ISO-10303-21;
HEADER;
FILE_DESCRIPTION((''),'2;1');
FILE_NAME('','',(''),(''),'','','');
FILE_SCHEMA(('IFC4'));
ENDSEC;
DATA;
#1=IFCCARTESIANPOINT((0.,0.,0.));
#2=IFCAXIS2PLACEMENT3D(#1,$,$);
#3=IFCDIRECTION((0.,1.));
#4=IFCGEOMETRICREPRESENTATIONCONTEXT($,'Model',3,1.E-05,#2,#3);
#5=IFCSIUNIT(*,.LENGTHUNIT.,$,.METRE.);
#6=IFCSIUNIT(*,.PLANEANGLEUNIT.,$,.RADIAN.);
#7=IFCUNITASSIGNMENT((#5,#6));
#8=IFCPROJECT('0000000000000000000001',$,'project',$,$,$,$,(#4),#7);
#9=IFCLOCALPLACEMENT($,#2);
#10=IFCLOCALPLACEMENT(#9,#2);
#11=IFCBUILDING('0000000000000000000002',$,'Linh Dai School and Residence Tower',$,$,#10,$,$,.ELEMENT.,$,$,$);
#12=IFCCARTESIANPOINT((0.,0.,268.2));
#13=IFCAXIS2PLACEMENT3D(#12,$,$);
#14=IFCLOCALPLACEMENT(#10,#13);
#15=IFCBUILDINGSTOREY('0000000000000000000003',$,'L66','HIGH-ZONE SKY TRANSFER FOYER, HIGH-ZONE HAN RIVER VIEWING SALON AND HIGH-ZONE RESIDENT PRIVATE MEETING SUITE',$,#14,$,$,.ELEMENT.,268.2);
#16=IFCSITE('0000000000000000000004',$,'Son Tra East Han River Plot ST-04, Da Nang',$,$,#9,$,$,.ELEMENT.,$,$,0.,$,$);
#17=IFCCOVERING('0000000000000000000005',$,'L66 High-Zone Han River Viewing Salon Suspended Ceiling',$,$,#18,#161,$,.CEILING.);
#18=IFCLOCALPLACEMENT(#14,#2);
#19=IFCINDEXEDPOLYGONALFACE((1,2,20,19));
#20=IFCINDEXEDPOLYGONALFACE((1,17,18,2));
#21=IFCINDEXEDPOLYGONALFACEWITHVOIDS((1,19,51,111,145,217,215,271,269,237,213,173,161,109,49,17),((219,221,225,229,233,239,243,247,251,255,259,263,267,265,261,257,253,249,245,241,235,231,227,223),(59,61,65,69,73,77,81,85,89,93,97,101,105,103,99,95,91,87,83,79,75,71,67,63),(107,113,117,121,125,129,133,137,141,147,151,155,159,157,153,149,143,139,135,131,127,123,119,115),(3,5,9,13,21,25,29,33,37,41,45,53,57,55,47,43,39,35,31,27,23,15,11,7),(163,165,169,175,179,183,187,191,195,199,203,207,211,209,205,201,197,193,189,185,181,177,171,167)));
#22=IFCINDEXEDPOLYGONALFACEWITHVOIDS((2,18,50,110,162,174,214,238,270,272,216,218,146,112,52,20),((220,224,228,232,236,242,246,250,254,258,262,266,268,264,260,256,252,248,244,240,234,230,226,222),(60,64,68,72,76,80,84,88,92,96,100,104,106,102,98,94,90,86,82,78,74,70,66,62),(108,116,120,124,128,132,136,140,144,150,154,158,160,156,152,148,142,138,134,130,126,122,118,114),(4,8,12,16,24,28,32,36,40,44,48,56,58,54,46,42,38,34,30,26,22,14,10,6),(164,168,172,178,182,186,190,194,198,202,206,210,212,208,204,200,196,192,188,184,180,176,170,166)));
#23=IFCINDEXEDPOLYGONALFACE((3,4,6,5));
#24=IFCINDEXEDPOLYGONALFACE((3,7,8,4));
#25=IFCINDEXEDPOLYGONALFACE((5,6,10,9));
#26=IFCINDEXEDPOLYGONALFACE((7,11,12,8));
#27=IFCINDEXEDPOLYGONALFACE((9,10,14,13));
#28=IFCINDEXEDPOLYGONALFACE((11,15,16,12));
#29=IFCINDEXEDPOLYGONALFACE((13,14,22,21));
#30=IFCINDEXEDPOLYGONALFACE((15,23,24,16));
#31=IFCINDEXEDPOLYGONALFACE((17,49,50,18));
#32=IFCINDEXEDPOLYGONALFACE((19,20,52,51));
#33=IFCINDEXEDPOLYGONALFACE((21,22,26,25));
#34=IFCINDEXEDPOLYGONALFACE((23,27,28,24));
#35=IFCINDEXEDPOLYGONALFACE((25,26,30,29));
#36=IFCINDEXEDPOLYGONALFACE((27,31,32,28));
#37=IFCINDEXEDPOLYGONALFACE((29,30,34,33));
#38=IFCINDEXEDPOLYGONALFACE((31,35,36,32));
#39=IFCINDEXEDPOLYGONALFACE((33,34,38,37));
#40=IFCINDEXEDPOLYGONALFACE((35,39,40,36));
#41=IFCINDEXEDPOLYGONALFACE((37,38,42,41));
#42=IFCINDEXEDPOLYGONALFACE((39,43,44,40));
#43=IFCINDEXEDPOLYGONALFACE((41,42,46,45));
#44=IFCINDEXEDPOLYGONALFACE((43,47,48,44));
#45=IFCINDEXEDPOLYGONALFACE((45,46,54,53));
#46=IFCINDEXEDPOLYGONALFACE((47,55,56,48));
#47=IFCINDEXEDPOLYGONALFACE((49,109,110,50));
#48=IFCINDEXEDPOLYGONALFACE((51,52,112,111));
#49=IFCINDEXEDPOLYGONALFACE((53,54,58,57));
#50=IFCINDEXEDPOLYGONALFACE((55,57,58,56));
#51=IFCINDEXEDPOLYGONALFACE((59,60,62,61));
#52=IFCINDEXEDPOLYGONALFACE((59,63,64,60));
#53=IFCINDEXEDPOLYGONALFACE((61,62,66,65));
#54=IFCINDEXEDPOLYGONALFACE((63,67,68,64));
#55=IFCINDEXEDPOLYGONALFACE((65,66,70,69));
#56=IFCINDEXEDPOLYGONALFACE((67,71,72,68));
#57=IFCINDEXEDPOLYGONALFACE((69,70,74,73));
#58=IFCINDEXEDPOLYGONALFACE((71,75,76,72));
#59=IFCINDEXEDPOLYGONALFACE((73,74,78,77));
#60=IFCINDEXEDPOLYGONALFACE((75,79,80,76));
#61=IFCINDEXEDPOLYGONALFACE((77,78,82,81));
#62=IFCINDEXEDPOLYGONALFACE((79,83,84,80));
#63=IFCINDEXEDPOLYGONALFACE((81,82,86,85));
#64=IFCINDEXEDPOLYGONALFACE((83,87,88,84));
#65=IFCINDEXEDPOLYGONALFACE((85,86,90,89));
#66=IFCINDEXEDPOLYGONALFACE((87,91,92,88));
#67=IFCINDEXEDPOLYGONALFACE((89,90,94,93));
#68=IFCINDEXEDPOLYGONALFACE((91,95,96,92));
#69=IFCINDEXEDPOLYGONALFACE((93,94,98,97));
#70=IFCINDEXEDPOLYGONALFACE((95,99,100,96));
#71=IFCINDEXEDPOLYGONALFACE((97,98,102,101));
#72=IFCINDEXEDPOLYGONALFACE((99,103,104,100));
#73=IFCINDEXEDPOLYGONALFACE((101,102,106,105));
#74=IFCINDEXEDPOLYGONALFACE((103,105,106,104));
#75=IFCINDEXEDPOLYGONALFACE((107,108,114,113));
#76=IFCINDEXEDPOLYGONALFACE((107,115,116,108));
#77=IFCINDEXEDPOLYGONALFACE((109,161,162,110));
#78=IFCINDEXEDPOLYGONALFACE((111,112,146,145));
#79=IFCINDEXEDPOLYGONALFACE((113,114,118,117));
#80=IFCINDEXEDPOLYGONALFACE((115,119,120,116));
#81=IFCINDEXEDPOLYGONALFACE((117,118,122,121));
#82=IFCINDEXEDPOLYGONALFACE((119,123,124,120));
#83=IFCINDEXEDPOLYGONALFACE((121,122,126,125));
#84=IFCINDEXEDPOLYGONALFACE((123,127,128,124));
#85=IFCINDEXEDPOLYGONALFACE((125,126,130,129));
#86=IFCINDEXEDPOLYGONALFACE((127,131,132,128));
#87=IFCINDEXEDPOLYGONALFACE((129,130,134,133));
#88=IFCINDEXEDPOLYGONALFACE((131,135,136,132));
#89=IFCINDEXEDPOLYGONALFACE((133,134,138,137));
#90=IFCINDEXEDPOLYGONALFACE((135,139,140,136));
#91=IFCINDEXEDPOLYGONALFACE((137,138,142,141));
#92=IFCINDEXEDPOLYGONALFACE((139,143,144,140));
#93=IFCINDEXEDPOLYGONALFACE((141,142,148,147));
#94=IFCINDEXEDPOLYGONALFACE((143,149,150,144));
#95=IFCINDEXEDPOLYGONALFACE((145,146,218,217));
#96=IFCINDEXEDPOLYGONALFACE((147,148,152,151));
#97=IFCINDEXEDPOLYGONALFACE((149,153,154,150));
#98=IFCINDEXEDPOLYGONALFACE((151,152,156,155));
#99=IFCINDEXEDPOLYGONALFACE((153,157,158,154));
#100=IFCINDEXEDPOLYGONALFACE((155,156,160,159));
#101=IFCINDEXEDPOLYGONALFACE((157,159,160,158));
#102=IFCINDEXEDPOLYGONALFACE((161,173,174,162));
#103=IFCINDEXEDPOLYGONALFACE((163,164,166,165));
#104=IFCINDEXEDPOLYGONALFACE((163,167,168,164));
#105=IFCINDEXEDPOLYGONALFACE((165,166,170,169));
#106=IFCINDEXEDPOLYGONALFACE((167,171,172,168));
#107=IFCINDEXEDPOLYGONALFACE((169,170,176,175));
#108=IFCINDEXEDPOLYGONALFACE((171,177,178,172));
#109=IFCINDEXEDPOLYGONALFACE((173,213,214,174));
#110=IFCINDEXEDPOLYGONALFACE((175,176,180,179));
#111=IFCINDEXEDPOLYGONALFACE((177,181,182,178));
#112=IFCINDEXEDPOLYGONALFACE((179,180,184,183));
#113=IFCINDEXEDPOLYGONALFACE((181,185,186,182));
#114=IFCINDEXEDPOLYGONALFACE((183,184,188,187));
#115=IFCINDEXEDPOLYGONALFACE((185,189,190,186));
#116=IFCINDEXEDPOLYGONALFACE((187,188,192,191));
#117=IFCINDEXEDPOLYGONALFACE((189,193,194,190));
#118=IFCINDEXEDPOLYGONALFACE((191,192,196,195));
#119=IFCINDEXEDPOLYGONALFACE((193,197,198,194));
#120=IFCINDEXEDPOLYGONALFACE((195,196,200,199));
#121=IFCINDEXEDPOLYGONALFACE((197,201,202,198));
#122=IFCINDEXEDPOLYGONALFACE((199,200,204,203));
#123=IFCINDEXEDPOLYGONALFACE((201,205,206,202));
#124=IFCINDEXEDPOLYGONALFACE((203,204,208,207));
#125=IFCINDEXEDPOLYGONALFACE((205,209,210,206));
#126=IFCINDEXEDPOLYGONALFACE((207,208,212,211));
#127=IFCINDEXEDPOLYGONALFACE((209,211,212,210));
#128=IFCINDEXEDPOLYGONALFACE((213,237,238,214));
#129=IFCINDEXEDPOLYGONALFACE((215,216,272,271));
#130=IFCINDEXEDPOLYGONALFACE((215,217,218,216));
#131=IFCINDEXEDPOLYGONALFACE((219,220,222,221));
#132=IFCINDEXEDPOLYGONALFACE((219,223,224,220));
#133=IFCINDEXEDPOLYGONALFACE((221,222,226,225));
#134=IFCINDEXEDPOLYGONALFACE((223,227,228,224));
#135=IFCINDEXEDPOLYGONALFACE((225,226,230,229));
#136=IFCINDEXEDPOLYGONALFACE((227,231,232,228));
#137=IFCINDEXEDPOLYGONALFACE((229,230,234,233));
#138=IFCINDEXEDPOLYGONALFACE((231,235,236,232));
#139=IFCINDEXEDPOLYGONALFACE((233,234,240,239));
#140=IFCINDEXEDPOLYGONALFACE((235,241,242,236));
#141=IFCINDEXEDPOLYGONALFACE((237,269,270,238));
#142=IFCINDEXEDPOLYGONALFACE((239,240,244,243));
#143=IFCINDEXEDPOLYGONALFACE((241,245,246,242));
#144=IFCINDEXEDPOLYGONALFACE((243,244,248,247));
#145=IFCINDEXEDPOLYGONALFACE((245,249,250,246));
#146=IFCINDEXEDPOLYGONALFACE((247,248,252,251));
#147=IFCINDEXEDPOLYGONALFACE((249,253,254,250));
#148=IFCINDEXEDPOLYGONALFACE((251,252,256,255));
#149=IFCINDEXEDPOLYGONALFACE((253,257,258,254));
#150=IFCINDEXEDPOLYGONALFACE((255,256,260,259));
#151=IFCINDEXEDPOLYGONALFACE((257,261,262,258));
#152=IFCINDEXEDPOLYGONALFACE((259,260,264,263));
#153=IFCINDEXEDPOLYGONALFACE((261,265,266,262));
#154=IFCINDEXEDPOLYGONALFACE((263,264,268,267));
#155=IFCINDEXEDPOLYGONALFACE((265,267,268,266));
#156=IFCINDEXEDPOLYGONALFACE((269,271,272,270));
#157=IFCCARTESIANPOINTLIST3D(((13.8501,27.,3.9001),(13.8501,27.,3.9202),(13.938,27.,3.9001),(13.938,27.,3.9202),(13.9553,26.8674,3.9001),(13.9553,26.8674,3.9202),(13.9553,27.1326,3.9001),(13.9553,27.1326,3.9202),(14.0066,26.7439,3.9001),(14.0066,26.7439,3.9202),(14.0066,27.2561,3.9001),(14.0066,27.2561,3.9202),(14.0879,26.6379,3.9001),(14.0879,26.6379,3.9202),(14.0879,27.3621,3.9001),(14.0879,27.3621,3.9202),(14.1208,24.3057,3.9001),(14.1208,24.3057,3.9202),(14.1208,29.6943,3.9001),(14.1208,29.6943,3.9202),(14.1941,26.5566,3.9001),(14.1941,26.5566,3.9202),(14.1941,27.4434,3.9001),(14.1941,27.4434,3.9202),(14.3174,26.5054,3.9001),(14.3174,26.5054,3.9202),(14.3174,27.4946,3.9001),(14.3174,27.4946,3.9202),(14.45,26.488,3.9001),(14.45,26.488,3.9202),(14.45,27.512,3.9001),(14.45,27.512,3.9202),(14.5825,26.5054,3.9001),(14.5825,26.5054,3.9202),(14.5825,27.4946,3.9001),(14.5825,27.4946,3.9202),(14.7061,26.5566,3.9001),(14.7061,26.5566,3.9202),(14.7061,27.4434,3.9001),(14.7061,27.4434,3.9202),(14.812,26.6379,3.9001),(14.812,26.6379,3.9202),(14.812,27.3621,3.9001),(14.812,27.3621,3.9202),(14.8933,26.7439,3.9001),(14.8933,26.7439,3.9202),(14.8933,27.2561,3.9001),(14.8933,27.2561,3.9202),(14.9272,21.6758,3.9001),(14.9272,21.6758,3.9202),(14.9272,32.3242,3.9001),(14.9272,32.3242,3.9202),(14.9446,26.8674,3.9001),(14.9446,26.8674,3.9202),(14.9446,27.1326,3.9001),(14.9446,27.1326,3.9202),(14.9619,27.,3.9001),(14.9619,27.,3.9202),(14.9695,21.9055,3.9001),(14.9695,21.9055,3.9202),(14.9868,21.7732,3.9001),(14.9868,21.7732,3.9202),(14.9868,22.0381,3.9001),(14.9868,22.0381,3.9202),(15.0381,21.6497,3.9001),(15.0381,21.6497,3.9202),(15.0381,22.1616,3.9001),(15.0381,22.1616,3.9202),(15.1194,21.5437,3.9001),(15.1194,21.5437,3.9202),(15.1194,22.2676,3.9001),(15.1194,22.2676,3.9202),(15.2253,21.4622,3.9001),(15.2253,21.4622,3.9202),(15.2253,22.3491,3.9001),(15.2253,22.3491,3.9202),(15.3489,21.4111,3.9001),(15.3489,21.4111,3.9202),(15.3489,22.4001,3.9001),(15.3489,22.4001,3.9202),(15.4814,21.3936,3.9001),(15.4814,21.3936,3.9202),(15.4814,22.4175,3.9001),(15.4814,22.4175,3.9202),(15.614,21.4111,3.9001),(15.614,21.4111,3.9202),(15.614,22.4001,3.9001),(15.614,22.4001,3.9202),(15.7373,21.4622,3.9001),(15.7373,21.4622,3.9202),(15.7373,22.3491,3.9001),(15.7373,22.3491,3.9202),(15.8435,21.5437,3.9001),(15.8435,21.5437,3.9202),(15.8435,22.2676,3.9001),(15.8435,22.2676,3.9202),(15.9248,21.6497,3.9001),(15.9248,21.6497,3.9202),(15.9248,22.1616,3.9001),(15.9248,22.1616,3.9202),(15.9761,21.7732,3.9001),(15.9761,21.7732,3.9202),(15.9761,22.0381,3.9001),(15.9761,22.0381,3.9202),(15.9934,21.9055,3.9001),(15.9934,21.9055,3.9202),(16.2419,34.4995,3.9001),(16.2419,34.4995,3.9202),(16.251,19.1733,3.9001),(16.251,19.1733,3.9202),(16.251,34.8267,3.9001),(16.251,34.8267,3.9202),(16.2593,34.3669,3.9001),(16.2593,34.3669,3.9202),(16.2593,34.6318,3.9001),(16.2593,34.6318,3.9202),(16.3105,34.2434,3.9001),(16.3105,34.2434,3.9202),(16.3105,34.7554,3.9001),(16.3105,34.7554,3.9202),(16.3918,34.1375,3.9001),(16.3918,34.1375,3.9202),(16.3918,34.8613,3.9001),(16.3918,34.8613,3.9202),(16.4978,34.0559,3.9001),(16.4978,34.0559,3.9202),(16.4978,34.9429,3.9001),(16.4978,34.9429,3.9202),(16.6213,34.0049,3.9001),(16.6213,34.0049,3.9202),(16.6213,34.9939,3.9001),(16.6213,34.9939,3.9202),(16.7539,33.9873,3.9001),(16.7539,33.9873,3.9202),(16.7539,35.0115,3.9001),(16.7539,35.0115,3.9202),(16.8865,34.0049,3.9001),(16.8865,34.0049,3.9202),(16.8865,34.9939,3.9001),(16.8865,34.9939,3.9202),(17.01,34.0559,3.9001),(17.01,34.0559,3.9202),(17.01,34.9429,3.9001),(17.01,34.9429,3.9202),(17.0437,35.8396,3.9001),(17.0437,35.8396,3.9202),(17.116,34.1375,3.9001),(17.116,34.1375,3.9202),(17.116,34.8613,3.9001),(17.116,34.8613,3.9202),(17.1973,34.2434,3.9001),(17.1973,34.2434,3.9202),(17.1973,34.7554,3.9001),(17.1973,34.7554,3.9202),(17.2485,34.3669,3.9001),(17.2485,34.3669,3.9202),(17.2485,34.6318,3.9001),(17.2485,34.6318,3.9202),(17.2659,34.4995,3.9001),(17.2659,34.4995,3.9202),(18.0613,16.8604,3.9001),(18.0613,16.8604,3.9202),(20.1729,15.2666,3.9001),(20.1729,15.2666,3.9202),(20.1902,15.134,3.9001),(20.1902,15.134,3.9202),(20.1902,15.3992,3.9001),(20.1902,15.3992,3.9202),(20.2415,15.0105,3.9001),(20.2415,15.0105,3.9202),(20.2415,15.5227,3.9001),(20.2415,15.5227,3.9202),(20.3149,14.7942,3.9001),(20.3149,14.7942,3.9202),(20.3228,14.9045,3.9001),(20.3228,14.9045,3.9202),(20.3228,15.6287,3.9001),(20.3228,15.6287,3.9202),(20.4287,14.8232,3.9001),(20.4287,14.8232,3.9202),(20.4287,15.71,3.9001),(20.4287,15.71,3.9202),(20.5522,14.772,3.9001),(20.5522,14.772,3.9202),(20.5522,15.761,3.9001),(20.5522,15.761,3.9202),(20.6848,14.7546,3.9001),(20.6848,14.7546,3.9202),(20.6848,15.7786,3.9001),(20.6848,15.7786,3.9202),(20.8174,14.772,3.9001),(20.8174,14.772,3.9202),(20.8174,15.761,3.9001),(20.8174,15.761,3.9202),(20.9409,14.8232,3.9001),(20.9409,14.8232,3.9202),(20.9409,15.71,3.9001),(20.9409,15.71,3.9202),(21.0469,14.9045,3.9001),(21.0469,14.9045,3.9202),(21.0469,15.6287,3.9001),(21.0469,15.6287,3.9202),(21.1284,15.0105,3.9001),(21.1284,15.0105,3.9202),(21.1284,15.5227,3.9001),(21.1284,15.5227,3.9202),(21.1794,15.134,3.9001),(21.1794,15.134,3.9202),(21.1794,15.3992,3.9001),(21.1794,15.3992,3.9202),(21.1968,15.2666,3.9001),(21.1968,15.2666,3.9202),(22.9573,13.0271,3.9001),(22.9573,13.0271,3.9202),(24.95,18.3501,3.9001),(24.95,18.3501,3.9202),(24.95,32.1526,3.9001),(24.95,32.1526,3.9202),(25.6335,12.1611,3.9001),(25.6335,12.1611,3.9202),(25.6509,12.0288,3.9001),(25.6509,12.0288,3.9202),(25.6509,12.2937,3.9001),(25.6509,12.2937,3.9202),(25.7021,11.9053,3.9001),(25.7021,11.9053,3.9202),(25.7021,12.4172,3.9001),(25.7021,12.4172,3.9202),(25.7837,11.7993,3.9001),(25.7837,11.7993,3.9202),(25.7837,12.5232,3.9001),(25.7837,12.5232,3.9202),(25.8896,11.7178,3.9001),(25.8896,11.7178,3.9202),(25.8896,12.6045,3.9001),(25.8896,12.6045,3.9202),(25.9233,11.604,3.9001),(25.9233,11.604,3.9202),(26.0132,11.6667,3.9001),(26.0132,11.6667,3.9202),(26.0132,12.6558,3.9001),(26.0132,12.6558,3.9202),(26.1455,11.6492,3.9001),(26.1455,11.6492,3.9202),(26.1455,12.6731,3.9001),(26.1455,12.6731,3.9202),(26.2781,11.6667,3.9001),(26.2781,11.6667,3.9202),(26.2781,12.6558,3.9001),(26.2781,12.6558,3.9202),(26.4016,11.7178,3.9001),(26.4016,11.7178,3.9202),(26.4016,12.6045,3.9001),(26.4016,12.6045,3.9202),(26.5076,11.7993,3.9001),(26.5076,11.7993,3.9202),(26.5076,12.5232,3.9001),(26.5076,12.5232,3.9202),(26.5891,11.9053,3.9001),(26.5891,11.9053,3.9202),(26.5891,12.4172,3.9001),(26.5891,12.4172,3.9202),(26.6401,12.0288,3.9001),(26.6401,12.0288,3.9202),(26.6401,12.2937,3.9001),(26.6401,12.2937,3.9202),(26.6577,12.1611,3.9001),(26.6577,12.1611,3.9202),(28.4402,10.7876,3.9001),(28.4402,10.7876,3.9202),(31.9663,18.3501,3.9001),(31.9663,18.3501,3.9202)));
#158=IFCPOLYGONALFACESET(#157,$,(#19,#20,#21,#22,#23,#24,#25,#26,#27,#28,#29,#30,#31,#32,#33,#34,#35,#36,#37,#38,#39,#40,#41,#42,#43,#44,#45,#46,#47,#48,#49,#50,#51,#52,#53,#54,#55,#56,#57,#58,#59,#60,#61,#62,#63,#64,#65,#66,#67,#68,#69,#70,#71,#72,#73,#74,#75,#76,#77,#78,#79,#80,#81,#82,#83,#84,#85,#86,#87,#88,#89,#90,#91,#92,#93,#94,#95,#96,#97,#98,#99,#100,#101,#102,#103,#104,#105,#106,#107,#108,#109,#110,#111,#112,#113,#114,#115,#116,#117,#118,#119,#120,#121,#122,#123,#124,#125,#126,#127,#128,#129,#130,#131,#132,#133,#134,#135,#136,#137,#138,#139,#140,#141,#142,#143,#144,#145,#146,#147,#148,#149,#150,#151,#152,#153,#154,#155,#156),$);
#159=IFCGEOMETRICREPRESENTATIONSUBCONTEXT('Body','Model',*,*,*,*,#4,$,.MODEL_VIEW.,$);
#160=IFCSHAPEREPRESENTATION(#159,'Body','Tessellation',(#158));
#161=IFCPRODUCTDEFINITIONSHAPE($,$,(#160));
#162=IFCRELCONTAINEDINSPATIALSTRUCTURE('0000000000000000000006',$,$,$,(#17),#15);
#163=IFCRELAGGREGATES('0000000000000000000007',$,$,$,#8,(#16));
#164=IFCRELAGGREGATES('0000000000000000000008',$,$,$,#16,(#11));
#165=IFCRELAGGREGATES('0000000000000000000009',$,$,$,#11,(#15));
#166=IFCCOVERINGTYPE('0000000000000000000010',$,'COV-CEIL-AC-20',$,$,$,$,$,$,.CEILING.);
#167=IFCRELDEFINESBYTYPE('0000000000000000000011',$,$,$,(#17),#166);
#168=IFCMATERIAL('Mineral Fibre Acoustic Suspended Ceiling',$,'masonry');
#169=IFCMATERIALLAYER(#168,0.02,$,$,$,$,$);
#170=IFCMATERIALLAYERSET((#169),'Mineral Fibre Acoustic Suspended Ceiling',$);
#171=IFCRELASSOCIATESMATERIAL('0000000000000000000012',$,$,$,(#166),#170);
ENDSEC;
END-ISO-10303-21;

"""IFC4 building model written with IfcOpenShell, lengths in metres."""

from ifc_helpers import new_model, si_unit, direction, frame, origin, place, context, subcontext, project, spatial, polyline, outline, extrude, material, layer, layer_set, type_object, element, save


model = new_model("IFC4")

# Units and contexts
model_context = context("Model", 3, precision=1e-05, world=origin(), true_north=direction((0.0, 1.0)))
body_context = subcontext(model_context, "Body", "Model", "MODEL_VIEW")
ifc_project = project(units=[si_unit("LENGTHUNIT", "METRE"), si_unit("PLANEANGLEUNIT", "RADIAN")], contexts=[model_context])

# Site, building, storey
site_placement = place(None, origin())
site = spatial("IfcSite", under=ifc_project, at=site_placement, Name="Son Tra East Han River Plot ST-04, Da Nang", CompositionType="ELEMENT", RefElevation=0.0)
building_placement = place(site_placement, origin())
building = spatial("IfcBuilding", under=site, at=building_placement, Name="Linh Dai School and Residence Tower", CompositionType="ELEMENT")
storey_placement = place(building_placement, frame((0.0, 0.0, 268.2)))
storey = spatial("IfcBuildingStorey", under=building, at=storey_placement, Name="L66", Description="HIGH-ZONE SKY TRANSFER FOYER, HIGH-ZONE HAN RIVER VIEWING SALON AND HIGH-ZONE RESIDENT PRIVATE MEETING SUITE", CompositionType="ELEMENT", Elevation=268.2)

# Covering
ifc_material_1 = material(Name="Mineral Fibre Acoustic Suspended Ceiling", Category="masonry")
ifc_layer_1 = layer(ifc_material_1, 0.02)
ifc_layer_set_1 = layer_set([ifc_layer_1], Name="Mineral Fibre Acoustic Suspended Ceiling")
covering_type_1 = type_object("IfcCoveringType", Name="COV-CEIL-AC-20", PredefinedType="CEILING", material=ifc_layer_set_1)
covering_1_placement = place(storey_placement, frame((0.0, 0.0, 3.9001)))
element("IfcCovering", 1, at=covering_1_placement, inside=storey, type_object=covering_type_1, Name="L66 High-Zone Han River Viewing Salon Suspended Ceiling", PredefinedType="CEILING", context=body_context, shape_type="SweptSolid", body=[
    extrude(outline(polyline([(22.9573, 13.0271), (20.3149, 14.7942), (18.0613, 16.8604), (16.251, 19.1733), (14.9272, 21.6758), (14.1208, 24.3057), (13.8501, 27.0), (14.1208, 29.6943), (14.9272, 32.3242), (16.251, 34.8267), (17.0437, 35.8396), (24.95, 32.1526), (24.95, 18.3501), (31.9663, 18.3501), (28.4402, 10.7876), (25.9233, 11.604), (22.9573, 13.0271)]), holes=[polyline([(26.5891, 11.9053), (26.6401, 12.0288), (26.6577, 12.1611), (26.6401, 12.2937), (26.5891, 12.4172), (26.5076, 12.5232), (26.4016, 12.6045), (26.2781, 12.6558), (26.1455, 12.6731), (26.0132, 12.6558), (25.8896, 12.6045), (25.7837, 12.5232), (25.7021, 12.4172), (25.6509, 12.2937), (25.6335, 12.1611), (25.6509, 12.0288), (25.7021, 11.9053), (25.7837, 11.7993), (25.8896, 11.7178), (26.0132, 11.6667), (26.1455, 11.6492), (26.2781, 11.6667), (26.4016, 11.7178), (26.5076, 11.7993), (26.5891, 11.9053)]), polyline([(21.1284, 15.0105), (21.1794, 15.134), (21.1968, 15.2666), (21.1794, 15.3992), (21.1284, 15.5227), (21.0469, 15.6287), (20.9409, 15.71), (20.8174, 15.761), (20.6848, 15.7786), (20.5522, 15.761), (20.4287, 15.71), (20.3228, 15.6287), (20.2415, 15.5227), (20.1902, 15.3992), (20.1729, 15.2666), (20.1902, 15.134), (20.2415, 15.0105), (20.3228, 14.9045), (20.4287, 14.8232), (20.5522, 14.772), (20.6848, 14.7546), (20.8174, 14.772), (20.9409, 14.8232), (21.0469, 14.9045), (21.1284, 15.0105)]), polyline([(17.1973, 34.2434), (17.2485, 34.3669), (17.2659, 34.4995), (17.2485, 34.6318), (17.1973, 34.7554), (17.116, 34.8613), (17.01, 34.9429), (16.8865, 34.9939), (16.7539, 35.0115), (16.6213, 34.9939), (16.4978, 34.9429), (16.3918, 34.8613), (16.3105, 34.7554), (16.2593, 34.6318), (16.2419, 34.4995), (16.2593, 34.3669), (16.3105, 34.2434), (16.3918, 34.1375), (16.4978, 34.0559), (16.6213, 34.0049), (16.7539, 33.9873), (16.8865, 34.0049), (17.01, 34.0559), (17.116, 34.1375), (17.1973, 34.2434)]), polyline([(15.8435, 21.5437), (15.9248, 21.6497), (15.9761, 21.7732), (15.9934, 21.9055), (15.9761, 22.0381), (15.9248, 22.1616), (15.8435, 22.2676), (15.7373, 22.3491), (15.614, 22.4001), (15.4814, 22.4175), (15.3489, 22.4001), (15.2253, 22.3491), (15.1194, 22.2676), (15.0381, 22.1616), (14.9868, 22.0381), (14.9695, 21.9055), (14.9868, 21.7732), (15.0381, 21.6497), (15.1194, 21.5437), (15.2253, 21.4622), (15.3489, 21.4111), (15.4814, 21.3936), (15.614, 21.4111), (15.7373, 21.4622), (15.8435, 21.5437)]), polyline([(14.812, 26.6379), (14.8933, 26.7439), (14.9446, 26.8674), (14.9619, 27.0), (14.9446, 27.1326), (14.8933, 27.2561), (14.812, 27.3621), (14.7061, 27.4434), (14.5825, 27.4946), (14.45, 27.512), (14.3174, 27.4946), (14.1941, 27.4434), (14.0879, 27.3621), (14.0066, 27.2561), (13.9553, 27.1326), (13.938, 27.0), (13.9553, 26.8674), (14.0066, 26.7439), (14.0879, 26.6379), (14.1941, 26.5566), (14.3174, 26.5054), (14.45, 26.488), (14.5825, 26.5054), (14.7061, 26.5566), (14.812, 26.6379)])]), origin(), (0.0, 0.0, 1.0), 0.02),
])

save(model, "model.ifc")
